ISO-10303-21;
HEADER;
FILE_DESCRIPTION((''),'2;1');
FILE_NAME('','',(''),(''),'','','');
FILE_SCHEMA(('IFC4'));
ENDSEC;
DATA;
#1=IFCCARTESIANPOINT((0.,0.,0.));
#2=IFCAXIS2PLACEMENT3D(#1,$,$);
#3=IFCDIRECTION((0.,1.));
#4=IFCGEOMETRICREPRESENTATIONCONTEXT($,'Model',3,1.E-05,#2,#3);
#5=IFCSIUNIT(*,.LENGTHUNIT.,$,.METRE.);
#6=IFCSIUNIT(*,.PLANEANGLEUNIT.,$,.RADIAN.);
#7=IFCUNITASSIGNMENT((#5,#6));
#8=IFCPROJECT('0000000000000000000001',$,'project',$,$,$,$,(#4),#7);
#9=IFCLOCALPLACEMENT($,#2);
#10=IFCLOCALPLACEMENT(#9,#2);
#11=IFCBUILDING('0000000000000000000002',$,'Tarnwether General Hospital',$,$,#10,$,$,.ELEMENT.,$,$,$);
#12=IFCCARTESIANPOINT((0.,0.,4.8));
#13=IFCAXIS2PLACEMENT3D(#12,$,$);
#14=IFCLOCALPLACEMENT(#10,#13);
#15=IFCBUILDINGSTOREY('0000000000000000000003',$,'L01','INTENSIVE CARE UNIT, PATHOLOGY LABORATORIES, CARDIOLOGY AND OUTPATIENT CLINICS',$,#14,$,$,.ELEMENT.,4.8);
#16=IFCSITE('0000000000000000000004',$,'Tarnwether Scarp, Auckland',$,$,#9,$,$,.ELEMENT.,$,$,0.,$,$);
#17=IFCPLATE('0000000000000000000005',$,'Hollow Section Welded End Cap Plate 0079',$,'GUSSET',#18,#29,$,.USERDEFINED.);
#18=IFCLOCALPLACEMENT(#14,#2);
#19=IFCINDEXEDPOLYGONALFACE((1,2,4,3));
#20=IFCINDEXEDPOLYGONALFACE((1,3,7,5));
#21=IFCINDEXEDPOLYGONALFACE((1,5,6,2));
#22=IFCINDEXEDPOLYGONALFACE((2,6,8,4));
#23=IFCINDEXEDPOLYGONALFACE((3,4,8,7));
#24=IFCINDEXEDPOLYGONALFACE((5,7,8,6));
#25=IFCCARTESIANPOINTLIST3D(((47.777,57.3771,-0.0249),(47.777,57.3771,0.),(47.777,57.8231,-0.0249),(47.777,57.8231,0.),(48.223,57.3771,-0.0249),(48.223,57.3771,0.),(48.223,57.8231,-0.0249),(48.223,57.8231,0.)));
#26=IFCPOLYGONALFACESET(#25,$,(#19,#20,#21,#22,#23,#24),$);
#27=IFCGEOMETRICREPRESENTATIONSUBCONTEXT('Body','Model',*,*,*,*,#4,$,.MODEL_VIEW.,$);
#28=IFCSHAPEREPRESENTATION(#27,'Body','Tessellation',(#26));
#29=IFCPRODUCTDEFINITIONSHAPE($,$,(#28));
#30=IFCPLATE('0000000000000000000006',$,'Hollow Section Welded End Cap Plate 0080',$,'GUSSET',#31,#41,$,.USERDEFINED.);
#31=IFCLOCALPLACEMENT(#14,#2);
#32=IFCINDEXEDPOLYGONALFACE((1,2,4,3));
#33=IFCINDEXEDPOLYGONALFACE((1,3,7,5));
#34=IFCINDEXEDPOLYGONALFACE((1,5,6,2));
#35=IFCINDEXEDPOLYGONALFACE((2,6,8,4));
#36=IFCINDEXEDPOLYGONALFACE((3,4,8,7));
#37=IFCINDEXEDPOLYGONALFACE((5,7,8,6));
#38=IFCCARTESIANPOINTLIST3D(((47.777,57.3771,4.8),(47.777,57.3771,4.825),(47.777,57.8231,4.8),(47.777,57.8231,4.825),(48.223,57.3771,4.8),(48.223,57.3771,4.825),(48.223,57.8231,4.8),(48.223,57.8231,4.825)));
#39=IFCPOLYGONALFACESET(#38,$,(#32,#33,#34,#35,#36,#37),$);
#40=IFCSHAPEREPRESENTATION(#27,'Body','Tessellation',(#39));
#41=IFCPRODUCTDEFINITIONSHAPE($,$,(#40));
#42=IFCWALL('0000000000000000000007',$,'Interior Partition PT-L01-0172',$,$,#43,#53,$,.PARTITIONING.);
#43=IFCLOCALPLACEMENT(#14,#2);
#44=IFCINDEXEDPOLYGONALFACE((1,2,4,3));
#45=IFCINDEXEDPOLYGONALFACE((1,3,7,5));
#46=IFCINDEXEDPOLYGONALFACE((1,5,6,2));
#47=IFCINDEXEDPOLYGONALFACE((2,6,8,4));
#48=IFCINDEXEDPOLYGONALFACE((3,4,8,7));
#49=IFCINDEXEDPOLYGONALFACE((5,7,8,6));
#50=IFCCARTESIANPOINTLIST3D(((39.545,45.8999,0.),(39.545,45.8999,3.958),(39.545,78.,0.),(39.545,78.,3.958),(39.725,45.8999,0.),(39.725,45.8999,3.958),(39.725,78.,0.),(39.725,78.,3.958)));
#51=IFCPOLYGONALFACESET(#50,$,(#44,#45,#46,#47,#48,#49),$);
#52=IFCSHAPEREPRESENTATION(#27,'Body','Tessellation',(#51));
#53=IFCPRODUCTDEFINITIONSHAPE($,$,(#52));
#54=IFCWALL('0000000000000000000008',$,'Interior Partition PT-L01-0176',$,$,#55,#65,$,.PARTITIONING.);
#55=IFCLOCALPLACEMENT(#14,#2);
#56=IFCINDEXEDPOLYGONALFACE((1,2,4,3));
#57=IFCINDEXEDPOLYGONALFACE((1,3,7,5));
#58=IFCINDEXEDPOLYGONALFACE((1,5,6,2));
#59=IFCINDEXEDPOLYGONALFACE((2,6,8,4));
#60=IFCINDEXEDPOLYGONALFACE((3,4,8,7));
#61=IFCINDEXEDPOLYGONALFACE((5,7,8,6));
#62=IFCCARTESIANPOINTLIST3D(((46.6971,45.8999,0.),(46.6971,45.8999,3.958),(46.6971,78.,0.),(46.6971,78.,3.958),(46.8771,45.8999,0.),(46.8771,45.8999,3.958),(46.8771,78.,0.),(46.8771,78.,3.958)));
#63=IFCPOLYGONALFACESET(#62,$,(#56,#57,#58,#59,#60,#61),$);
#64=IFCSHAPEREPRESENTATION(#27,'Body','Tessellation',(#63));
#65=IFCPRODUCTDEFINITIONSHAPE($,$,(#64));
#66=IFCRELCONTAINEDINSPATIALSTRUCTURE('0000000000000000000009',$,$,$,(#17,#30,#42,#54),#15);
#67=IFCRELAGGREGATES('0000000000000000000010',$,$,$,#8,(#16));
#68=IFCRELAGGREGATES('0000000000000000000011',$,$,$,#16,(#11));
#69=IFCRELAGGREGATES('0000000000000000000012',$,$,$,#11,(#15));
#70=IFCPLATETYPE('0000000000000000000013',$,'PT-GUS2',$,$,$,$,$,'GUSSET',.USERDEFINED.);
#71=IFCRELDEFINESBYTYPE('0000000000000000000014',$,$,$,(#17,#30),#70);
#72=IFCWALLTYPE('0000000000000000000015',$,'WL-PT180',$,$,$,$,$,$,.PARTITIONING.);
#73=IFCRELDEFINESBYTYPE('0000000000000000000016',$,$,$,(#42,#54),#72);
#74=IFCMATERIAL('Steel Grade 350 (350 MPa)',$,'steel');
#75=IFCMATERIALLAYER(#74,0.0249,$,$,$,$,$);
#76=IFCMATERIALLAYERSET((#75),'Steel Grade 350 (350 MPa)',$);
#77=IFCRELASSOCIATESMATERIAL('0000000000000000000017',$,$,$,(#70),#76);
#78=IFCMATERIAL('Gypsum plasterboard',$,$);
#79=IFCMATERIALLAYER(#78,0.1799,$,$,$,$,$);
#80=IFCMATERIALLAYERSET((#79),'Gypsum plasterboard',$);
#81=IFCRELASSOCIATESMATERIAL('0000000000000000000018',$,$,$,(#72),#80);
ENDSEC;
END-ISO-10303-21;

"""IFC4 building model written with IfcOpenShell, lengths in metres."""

from ifc_helpers import new_model, si_unit, direction, frame, frame_2d, origin, origin_2d, place, context, subcontext, project, spatial, rectangle, extrude, material, layer, layer_set, type_object, element, save


model = new_model("IFC4")

# Units and contexts
model_context = context("Model", 3, precision=1e-05, world=origin(), true_north=direction((0.0, 1.0)))
body_context = subcontext(model_context, "Body", "Model", "MODEL_VIEW")
ifc_project = project(units=[si_unit("LENGTHUNIT", "METRE"), si_unit("PLANEANGLEUNIT", "RADIAN")], contexts=[model_context])

# Site, building, storey
site_placement = place(None, origin())
site = spatial("IfcSite", under=ifc_project, at=site_placement, Name="Tarnwether Scarp, Auckland", CompositionType="ELEMENT", RefElevation=0.0)
building_placement = place(site_placement, origin())
building = spatial("IfcBuilding", under=site, at=building_placement, Name="Tarnwether General Hospital", CompositionType="ELEMENT")
storey_placement = place(building_placement, frame((0.0, 0.0, 4.8)))
storey = spatial("IfcBuildingStorey", under=building, at=storey_placement, Name="L01", Description="INTENSIVE CARE UNIT, PATHOLOGY LABORATORIES, CARDIOLOGY AND OUTPATIENT CLINICS", CompositionType="ELEMENT", Elevation=4.8)

# Plates
ifc_material_1 = material(Name="Steel Grade 350 (350 MPa)", Category="steel")
ifc_layer_1 = layer(ifc_material_1, 0.0249)
ifc_layer_set_1 = layer_set([ifc_layer_1], Name="Steel Grade 350 (350 MPa)")
plate_type = type_object("IfcPlateType", Name="PT-GUS2", ElementType="GUSSET", PredefinedType="USERDEFINED", material=ifc_layer_set_1)
for number, where, z_axis, x_axis, name in (
    (1, (48.0, 57.6001, -0.0249), (0.0, 0.0, 1.0), (1.0, 0.0, 0.0), "Hollow Section Welded End Cap Plate 0079"),
    (2, (48.0, 57.6001, 4.8), (0.0, 0.0, 1.0), (1.0, 0.0, 0.0), "Hollow Section Welded End Cap Plate 0080"),
):
    element("IfcPlate", number, at=place(storey_placement, frame(where, z_axis=z_axis, x_axis=x_axis)), inside=storey, type_object=plate_type, Name=name, ObjectType="GUSSET", PredefinedType="USERDEFINED", context=body_context, shape_type="SweptSolid", body=[
        extrude(rectangle(XDim=0.446, YDim=0.446, at=origin_2d()), origin(), (0.0, 0.0, 1.0), 0.0249),
    ])

# Walls
ifc_material_2 = material(Name="Gypsum plasterboard")
ifc_layer_2 = layer(ifc_material_2, 0.1799)
ifc_layer_set_2 = layer_set([ifc_layer_2], Name="Gypsum plasterboard")
wall_type = type_object("IfcWallType", Name="WL-PT180", PredefinedType="PARTITIONING", material=ifc_layer_set_2)
for number, where, z_axis, x_axis, name in (
    (3, (39.635, 45.8999, 0.0), (0.0, 0.0, 1.0), (0.0, 1.0, 0.0), "Interior Partition PT-L01-0172"),
    (4, (46.7871, 45.8999, 0.0), (0.0, 0.0, 1.0), (0.0, 1.0, 0.0), "Interior Partition PT-L01-0176"),
):
    element("IfcWall", number, at=place(storey_placement, frame(where, z_axis=z_axis, x_axis=x_axis)), inside=storey, type_object=wall_type, Name=name, PredefinedType="PARTITIONING", context=body_context, shape_type="SweptSolid", body=[
        extrude(rectangle(XDim=32.1001, YDim=0.1799, at=frame_2d((16.05, 0.0))), origin(), (0.0, 0.0, 1.0), 3.958),
    ])

save(model, "model.ifc")
